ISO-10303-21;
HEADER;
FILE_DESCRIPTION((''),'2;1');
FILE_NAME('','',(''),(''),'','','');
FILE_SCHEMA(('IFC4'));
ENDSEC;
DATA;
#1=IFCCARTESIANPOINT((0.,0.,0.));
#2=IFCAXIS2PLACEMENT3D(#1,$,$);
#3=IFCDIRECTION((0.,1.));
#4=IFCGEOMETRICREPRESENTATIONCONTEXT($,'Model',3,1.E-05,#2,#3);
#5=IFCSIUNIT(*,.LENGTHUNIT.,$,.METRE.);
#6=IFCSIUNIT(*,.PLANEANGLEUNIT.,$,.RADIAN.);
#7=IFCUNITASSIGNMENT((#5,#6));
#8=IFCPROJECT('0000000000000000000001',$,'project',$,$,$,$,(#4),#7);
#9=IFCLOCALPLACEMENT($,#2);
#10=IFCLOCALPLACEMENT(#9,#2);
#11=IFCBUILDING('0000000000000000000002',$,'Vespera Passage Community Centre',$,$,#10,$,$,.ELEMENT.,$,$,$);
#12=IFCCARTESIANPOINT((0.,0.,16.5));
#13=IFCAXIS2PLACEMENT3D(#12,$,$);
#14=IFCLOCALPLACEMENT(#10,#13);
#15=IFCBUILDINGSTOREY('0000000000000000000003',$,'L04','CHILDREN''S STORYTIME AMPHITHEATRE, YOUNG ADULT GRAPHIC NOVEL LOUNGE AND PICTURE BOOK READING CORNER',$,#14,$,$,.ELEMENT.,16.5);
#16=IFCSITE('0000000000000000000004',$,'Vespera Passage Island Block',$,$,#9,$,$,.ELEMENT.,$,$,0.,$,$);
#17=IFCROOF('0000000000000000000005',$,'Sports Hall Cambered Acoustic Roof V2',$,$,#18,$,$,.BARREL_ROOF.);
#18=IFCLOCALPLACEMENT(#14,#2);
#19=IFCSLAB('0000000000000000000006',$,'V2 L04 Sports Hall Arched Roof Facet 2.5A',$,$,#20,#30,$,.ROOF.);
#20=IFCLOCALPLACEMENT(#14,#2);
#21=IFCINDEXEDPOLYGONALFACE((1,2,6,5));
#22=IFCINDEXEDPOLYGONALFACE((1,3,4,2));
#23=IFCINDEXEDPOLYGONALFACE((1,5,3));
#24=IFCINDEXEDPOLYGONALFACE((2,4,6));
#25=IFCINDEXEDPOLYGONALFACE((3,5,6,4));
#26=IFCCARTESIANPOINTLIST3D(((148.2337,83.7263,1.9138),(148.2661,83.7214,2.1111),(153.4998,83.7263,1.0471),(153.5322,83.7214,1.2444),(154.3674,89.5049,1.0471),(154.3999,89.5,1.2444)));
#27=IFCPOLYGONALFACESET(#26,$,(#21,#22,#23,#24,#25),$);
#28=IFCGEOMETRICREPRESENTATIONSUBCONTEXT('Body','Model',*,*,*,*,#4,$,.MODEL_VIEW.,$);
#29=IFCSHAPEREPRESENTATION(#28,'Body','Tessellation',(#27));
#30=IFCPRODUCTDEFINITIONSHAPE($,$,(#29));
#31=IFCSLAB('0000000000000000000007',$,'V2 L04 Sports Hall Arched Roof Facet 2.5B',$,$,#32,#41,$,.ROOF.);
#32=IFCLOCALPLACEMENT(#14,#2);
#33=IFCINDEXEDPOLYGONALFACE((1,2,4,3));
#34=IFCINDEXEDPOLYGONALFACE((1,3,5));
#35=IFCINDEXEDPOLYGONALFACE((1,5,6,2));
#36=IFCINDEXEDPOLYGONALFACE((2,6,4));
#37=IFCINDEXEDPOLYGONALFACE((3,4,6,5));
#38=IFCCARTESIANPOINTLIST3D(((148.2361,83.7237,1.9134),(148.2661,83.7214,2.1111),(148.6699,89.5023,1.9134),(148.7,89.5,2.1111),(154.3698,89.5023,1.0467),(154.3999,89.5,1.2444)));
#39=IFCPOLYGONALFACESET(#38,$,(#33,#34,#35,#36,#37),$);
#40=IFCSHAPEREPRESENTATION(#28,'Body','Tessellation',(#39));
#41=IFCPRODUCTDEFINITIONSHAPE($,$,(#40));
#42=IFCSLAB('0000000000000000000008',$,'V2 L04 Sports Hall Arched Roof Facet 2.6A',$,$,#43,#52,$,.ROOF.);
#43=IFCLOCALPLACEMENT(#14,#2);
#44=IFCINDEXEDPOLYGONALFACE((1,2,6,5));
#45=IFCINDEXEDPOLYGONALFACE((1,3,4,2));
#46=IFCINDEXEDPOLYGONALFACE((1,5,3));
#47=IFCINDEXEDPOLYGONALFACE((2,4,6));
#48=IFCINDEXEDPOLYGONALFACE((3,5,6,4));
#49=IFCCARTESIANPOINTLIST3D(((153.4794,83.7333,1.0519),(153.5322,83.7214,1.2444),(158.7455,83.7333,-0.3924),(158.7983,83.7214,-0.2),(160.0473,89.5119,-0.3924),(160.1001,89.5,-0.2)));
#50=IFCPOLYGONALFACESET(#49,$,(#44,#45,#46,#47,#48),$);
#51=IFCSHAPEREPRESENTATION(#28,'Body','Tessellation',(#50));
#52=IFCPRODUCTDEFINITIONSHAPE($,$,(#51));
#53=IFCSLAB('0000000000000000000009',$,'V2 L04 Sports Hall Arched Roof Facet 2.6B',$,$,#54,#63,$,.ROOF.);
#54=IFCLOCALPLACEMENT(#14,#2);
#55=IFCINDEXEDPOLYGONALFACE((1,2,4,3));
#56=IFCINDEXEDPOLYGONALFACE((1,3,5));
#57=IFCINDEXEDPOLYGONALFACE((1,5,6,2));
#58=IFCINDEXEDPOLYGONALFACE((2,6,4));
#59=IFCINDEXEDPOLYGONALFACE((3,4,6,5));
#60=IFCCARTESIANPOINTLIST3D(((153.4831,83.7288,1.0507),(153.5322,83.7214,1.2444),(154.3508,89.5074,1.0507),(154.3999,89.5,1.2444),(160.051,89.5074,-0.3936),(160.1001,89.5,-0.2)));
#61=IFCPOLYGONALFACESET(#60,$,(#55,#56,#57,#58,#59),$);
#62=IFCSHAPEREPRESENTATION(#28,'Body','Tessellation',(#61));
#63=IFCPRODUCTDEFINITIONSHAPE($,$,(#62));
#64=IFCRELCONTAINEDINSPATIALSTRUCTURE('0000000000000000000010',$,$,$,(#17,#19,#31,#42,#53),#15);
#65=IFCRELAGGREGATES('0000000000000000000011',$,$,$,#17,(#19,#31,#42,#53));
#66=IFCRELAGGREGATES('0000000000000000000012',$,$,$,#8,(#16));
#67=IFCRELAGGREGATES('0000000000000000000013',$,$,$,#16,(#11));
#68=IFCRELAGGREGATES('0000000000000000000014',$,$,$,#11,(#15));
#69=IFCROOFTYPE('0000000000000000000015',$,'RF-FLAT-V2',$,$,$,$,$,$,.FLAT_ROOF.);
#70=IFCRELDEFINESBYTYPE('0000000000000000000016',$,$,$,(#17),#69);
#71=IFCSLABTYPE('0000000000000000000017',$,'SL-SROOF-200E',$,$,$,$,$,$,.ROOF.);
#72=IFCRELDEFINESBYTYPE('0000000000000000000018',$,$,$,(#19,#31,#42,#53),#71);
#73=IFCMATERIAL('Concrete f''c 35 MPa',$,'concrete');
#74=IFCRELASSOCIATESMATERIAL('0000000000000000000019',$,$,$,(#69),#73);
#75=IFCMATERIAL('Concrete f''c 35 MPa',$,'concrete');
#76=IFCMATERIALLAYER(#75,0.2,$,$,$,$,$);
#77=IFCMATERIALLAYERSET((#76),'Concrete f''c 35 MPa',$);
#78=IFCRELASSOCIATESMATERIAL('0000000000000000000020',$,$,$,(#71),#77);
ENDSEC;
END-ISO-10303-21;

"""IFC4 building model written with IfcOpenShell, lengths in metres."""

from ifc_helpers import new_model, si_unit, direction, frame, origin, place, context, subcontext, project, spatial, polyline, outline, extrude, material, layer, layer_set, type_object, element, aggregate, save


model = new_model("IFC4")

# Units and contexts
model_context = context("Model", 3, precision=1e-05, world=origin(), true_north=direction((0.0, 1.0)))
body_context = subcontext(model_context, "Body", "Model", "MODEL_VIEW")
ifc_project = project(units=[si_unit("LENGTHUNIT", "METRE"), si_unit("PLANEANGLEUNIT", "RADIAN")], contexts=[model_context])

# Site, building, storey
site_placement = place(None, origin())
site = spatial("IfcSite", under=ifc_project, at=site_placement, Name="Vespera Passage Island Block", CompositionType="ELEMENT", RefElevation=0.0)
building_placement = place(site_placement, origin())
building = spatial("IfcBuilding", under=site, at=building_placement, Name="Vespera Passage Community Centre", CompositionType="ELEMENT")
storey_placement = place(building_placement, frame((0.0, 0.0, 16.5)))
storey = spatial("IfcBuildingStorey", under=building, at=storey_placement, Name="L04", Description="CHILDREN'S STORYTIME AMPHITHEATRE, YOUNG ADULT GRAPHIC NOVEL LOUNGE AND PICTURE BOOK READING CORNER", CompositionType="ELEMENT", Elevation=16.5)

# Roof, slabs
ifc_material_1 = material(Name="Concrete f'c 35 MPa", Category="concrete")
roof_type = type_object("IfcRoofType", Name="RF-FLAT-V2", PredefinedType="FLAT_ROOF", material=ifc_material_1)
roof_placement = place(storey_placement, origin())
roof = element("IfcRoof", 1, at=roof_placement, inside=storey, type_object=roof_type, Name="Sports Hall Cambered Acoustic Roof V2", PredefinedType="BARREL_ROOF")
ifc_material_2 = material(Name="Concrete f'c 35 MPa", Category="concrete")
ifc_layer_1 = layer(ifc_material_2, 0.2)
ifc_layer_set_1 = layer_set([ifc_layer_1], Name="Concrete f'c 35 MPa")
slab_type = type_object("IfcSlabType", Name="SL-SROOF-200E", PredefinedType="ROOF", material=ifc_layer_set_1)
slab_1_placement = place(storey_placement, frame((148.2661, 83.7214, 2.1111), z_axis=(0.162347, -0.024377, 0.986432), x_axis=(0.986726, 0.0, -0.162396)))
slab_1 = element("IfcSlab", 2, at=slab_1_placement, inside=storey, type_object=slab_type, Name="V2 L04 Sports Hall Arched Roof Facet 2.5A", PredefinedType="ROOF", context=body_context, shape_type="SweptSolid", body=[
    extrude(outline(polyline([(0.0, 0.0), (5.337, 0.0), (6.1931, 5.7803), (0.0, 0.0)])), origin(), (0.0, 0.0, -1.0), 0.2),
])
slab_2_placement = place(storey_placement, frame((148.2661, 83.7214, 2.1111), z_axis=(0.150316, -0.011285, 0.988574), x_axis=(0.72405, 0.682118, -0.102308)))
slab_2 = element("IfcSlab", 3, at=slab_2_placement, inside=storey, type_object=slab_type, Name="V2 L04 Sports Hall Arched Roof Facet 2.5B", PredefinedType="ROOF", context=body_context, shape_type="SweptSolid", body=[
    extrude(outline(polyline([(0.0, 0.0), (8.4715, 0.0), (4.2558, 3.933), (0.0, 0.0)])), origin(), (0.0, 0.0, -1.0), 0.2),
])
slab_3_placement = place(storey_placement, frame((153.5322, 83.7214, 1.2444), z_axis=(0.264033, -0.05948, 0.962678), x_axis=(0.964385, 0.0, -0.264502)))
slab_3 = element("IfcSlab", 4, at=slab_3_placement, inside=storey, type_object=slab_type, Name="V2 L04 Sports Hall Arched Roof Facet 2.6A", PredefinedType="ROOF", context=body_context, shape_type="SweptSolid", body=[
    extrude(outline(polyline([(0.0, 0.0), (5.4606, 0.0), (6.716, 5.7888), (0.0, 0.0)])), origin(), (0.0, 0.0, -1.0), 0.2),
])
slab_4_placement = place(storey_placement, frame((153.5322, 83.7214, 1.2444), z_axis=(0.245455, -0.036856, 0.968707), x_axis=(0.740751, 0.65173, -0.162898)))
slab_4 = element("IfcSlab", 5, at=slab_4_placement, inside=storey, type_object=slab_type, Name="V2 L04 Sports Hall Arched Roof Facet 2.6B", PredefinedType="ROOF", context=body_context, shape_type="SweptSolid", body=[
    extrude(outline(polyline([(0.0, 0.0), (8.8665, 0.0), (4.4088, 3.835), (0.0, 0.0)])), origin(), (0.0, 0.0, -1.0), 0.2),
])
aggregate(roof, [slab_1, slab_2, slab_3, slab_4])

save(model, "model.ifc")
